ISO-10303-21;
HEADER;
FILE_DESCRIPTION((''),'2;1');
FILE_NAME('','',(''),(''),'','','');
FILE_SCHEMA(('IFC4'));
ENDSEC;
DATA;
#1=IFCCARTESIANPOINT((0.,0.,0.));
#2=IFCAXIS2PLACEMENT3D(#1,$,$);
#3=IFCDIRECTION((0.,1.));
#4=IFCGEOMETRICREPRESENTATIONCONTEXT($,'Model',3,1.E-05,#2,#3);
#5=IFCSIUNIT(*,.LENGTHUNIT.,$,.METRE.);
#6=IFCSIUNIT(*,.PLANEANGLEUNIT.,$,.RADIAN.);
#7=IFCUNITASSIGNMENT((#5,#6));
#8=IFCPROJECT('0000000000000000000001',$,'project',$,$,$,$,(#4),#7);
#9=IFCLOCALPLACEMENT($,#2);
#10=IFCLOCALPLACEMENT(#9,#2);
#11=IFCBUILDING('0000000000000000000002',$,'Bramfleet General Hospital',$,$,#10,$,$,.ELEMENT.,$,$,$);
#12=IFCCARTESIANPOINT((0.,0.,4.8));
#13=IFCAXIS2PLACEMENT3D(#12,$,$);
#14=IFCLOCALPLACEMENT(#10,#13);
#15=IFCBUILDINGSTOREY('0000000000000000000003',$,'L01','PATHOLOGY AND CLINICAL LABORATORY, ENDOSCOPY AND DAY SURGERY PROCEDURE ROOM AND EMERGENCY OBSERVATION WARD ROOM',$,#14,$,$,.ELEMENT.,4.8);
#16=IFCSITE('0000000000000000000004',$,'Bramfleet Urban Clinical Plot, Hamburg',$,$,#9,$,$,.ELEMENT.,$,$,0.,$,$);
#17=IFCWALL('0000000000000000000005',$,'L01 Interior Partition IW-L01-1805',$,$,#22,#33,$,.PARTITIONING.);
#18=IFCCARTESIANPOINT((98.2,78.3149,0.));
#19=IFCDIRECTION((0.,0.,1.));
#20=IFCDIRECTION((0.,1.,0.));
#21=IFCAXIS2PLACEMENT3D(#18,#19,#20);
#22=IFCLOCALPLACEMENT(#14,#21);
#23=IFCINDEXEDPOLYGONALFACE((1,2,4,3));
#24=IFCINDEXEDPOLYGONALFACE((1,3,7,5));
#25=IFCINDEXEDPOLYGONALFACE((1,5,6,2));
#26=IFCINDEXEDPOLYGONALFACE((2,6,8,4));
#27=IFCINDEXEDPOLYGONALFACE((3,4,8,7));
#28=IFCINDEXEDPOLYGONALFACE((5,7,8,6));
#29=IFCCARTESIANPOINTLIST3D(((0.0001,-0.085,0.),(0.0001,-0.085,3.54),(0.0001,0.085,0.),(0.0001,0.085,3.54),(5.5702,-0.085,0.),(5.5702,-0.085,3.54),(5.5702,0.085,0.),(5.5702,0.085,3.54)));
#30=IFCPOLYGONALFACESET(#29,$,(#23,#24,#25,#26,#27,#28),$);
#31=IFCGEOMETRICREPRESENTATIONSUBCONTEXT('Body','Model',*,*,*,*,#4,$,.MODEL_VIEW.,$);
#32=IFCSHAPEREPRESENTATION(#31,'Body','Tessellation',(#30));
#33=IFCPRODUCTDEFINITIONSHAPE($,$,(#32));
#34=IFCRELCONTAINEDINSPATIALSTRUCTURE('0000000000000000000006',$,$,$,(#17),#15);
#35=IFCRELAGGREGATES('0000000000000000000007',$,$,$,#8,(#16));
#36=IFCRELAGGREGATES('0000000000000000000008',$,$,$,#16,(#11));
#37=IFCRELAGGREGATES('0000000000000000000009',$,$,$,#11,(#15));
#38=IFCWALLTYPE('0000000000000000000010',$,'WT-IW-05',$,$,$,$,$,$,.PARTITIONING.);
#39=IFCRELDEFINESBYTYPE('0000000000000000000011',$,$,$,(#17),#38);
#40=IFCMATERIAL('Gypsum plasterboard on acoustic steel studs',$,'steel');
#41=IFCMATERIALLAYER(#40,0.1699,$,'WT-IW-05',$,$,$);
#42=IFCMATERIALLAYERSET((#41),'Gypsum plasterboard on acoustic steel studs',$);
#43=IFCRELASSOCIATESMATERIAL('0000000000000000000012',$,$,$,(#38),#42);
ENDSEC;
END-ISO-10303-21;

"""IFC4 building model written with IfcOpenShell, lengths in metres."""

from ifc_helpers import new_model, si_unit, direction, frame, frame_2d, origin, place, context, subcontext, project, spatial, rectangle, extrude, material, layer, layer_set, type_object, element, save


model = new_model("IFC4")

# Units and contexts
model_context = context("Model", 3, precision=1e-05, world=origin(), true_north=direction((0.0, 1.0)))
body_context = subcontext(model_context, "Body", "Model", "MODEL_VIEW")
ifc_project = project(units=[si_unit("LENGTHUNIT", "METRE"), si_unit("PLANEANGLEUNIT", "RADIAN")], contexts=[model_context])

# Site, building, storey
site_placement = place(None, origin())
site = spatial("IfcSite", under=ifc_project, at=site_placement, Name="Bramfleet Urban Clinical Plot, Hamburg", CompositionType="ELEMENT", RefElevation=0.0)
building_placement = place(site_placement, origin())
building = spatial("IfcBuilding", under=site, at=building_placement, Name="Bramfleet General Hospital", CompositionType="ELEMENT")
storey_placement = place(building_placement, frame((0.0, 0.0, 4.8)))
storey = spatial("IfcBuildingStorey", under=building, at=storey_placement, Name="L01", Description="PATHOLOGY AND CLINICAL LABORATORY, ENDOSCOPY AND DAY SURGERY PROCEDURE ROOM AND EMERGENCY OBSERVATION WARD ROOM", CompositionType="ELEMENT", Elevation=4.8)

# Wall
ifc_material_1 = material(Name="Gypsum plasterboard on acoustic steel studs", Category="steel")
ifc_layer_1 = layer(ifc_material_1, 0.1699, Name="WT-IW-05")
ifc_layer_set_1 = layer_set([ifc_layer_1], Name="Gypsum plasterboard on acoustic steel studs")
wall_type_1 = type_object("IfcWallType", Name="WT-IW-05", PredefinedType="PARTITIONING", material=ifc_layer_set_1)
wall_1_placement = place(storey_placement, frame((98.2, 78.3149, 0.0), z_axis=(0.0, 0.0, 1.0), x_axis=(0.0, 1.0, 0.0)))
element("IfcWall", 1, at=wall_1_placement, inside=storey, type_object=wall_type_1, Name="L01 Interior Partition IW-L01-1805", PredefinedType="PARTITIONING", context=body_context, shape_type="SweptSolid", body=[
    extrude(rectangle(XDim=5.5701, YDim=0.1699, at=frame_2d((2.7852, 0.0))), origin(), (0.0, 0.0, 1.0), 3.54),
])

save(model, "model.ifc")
